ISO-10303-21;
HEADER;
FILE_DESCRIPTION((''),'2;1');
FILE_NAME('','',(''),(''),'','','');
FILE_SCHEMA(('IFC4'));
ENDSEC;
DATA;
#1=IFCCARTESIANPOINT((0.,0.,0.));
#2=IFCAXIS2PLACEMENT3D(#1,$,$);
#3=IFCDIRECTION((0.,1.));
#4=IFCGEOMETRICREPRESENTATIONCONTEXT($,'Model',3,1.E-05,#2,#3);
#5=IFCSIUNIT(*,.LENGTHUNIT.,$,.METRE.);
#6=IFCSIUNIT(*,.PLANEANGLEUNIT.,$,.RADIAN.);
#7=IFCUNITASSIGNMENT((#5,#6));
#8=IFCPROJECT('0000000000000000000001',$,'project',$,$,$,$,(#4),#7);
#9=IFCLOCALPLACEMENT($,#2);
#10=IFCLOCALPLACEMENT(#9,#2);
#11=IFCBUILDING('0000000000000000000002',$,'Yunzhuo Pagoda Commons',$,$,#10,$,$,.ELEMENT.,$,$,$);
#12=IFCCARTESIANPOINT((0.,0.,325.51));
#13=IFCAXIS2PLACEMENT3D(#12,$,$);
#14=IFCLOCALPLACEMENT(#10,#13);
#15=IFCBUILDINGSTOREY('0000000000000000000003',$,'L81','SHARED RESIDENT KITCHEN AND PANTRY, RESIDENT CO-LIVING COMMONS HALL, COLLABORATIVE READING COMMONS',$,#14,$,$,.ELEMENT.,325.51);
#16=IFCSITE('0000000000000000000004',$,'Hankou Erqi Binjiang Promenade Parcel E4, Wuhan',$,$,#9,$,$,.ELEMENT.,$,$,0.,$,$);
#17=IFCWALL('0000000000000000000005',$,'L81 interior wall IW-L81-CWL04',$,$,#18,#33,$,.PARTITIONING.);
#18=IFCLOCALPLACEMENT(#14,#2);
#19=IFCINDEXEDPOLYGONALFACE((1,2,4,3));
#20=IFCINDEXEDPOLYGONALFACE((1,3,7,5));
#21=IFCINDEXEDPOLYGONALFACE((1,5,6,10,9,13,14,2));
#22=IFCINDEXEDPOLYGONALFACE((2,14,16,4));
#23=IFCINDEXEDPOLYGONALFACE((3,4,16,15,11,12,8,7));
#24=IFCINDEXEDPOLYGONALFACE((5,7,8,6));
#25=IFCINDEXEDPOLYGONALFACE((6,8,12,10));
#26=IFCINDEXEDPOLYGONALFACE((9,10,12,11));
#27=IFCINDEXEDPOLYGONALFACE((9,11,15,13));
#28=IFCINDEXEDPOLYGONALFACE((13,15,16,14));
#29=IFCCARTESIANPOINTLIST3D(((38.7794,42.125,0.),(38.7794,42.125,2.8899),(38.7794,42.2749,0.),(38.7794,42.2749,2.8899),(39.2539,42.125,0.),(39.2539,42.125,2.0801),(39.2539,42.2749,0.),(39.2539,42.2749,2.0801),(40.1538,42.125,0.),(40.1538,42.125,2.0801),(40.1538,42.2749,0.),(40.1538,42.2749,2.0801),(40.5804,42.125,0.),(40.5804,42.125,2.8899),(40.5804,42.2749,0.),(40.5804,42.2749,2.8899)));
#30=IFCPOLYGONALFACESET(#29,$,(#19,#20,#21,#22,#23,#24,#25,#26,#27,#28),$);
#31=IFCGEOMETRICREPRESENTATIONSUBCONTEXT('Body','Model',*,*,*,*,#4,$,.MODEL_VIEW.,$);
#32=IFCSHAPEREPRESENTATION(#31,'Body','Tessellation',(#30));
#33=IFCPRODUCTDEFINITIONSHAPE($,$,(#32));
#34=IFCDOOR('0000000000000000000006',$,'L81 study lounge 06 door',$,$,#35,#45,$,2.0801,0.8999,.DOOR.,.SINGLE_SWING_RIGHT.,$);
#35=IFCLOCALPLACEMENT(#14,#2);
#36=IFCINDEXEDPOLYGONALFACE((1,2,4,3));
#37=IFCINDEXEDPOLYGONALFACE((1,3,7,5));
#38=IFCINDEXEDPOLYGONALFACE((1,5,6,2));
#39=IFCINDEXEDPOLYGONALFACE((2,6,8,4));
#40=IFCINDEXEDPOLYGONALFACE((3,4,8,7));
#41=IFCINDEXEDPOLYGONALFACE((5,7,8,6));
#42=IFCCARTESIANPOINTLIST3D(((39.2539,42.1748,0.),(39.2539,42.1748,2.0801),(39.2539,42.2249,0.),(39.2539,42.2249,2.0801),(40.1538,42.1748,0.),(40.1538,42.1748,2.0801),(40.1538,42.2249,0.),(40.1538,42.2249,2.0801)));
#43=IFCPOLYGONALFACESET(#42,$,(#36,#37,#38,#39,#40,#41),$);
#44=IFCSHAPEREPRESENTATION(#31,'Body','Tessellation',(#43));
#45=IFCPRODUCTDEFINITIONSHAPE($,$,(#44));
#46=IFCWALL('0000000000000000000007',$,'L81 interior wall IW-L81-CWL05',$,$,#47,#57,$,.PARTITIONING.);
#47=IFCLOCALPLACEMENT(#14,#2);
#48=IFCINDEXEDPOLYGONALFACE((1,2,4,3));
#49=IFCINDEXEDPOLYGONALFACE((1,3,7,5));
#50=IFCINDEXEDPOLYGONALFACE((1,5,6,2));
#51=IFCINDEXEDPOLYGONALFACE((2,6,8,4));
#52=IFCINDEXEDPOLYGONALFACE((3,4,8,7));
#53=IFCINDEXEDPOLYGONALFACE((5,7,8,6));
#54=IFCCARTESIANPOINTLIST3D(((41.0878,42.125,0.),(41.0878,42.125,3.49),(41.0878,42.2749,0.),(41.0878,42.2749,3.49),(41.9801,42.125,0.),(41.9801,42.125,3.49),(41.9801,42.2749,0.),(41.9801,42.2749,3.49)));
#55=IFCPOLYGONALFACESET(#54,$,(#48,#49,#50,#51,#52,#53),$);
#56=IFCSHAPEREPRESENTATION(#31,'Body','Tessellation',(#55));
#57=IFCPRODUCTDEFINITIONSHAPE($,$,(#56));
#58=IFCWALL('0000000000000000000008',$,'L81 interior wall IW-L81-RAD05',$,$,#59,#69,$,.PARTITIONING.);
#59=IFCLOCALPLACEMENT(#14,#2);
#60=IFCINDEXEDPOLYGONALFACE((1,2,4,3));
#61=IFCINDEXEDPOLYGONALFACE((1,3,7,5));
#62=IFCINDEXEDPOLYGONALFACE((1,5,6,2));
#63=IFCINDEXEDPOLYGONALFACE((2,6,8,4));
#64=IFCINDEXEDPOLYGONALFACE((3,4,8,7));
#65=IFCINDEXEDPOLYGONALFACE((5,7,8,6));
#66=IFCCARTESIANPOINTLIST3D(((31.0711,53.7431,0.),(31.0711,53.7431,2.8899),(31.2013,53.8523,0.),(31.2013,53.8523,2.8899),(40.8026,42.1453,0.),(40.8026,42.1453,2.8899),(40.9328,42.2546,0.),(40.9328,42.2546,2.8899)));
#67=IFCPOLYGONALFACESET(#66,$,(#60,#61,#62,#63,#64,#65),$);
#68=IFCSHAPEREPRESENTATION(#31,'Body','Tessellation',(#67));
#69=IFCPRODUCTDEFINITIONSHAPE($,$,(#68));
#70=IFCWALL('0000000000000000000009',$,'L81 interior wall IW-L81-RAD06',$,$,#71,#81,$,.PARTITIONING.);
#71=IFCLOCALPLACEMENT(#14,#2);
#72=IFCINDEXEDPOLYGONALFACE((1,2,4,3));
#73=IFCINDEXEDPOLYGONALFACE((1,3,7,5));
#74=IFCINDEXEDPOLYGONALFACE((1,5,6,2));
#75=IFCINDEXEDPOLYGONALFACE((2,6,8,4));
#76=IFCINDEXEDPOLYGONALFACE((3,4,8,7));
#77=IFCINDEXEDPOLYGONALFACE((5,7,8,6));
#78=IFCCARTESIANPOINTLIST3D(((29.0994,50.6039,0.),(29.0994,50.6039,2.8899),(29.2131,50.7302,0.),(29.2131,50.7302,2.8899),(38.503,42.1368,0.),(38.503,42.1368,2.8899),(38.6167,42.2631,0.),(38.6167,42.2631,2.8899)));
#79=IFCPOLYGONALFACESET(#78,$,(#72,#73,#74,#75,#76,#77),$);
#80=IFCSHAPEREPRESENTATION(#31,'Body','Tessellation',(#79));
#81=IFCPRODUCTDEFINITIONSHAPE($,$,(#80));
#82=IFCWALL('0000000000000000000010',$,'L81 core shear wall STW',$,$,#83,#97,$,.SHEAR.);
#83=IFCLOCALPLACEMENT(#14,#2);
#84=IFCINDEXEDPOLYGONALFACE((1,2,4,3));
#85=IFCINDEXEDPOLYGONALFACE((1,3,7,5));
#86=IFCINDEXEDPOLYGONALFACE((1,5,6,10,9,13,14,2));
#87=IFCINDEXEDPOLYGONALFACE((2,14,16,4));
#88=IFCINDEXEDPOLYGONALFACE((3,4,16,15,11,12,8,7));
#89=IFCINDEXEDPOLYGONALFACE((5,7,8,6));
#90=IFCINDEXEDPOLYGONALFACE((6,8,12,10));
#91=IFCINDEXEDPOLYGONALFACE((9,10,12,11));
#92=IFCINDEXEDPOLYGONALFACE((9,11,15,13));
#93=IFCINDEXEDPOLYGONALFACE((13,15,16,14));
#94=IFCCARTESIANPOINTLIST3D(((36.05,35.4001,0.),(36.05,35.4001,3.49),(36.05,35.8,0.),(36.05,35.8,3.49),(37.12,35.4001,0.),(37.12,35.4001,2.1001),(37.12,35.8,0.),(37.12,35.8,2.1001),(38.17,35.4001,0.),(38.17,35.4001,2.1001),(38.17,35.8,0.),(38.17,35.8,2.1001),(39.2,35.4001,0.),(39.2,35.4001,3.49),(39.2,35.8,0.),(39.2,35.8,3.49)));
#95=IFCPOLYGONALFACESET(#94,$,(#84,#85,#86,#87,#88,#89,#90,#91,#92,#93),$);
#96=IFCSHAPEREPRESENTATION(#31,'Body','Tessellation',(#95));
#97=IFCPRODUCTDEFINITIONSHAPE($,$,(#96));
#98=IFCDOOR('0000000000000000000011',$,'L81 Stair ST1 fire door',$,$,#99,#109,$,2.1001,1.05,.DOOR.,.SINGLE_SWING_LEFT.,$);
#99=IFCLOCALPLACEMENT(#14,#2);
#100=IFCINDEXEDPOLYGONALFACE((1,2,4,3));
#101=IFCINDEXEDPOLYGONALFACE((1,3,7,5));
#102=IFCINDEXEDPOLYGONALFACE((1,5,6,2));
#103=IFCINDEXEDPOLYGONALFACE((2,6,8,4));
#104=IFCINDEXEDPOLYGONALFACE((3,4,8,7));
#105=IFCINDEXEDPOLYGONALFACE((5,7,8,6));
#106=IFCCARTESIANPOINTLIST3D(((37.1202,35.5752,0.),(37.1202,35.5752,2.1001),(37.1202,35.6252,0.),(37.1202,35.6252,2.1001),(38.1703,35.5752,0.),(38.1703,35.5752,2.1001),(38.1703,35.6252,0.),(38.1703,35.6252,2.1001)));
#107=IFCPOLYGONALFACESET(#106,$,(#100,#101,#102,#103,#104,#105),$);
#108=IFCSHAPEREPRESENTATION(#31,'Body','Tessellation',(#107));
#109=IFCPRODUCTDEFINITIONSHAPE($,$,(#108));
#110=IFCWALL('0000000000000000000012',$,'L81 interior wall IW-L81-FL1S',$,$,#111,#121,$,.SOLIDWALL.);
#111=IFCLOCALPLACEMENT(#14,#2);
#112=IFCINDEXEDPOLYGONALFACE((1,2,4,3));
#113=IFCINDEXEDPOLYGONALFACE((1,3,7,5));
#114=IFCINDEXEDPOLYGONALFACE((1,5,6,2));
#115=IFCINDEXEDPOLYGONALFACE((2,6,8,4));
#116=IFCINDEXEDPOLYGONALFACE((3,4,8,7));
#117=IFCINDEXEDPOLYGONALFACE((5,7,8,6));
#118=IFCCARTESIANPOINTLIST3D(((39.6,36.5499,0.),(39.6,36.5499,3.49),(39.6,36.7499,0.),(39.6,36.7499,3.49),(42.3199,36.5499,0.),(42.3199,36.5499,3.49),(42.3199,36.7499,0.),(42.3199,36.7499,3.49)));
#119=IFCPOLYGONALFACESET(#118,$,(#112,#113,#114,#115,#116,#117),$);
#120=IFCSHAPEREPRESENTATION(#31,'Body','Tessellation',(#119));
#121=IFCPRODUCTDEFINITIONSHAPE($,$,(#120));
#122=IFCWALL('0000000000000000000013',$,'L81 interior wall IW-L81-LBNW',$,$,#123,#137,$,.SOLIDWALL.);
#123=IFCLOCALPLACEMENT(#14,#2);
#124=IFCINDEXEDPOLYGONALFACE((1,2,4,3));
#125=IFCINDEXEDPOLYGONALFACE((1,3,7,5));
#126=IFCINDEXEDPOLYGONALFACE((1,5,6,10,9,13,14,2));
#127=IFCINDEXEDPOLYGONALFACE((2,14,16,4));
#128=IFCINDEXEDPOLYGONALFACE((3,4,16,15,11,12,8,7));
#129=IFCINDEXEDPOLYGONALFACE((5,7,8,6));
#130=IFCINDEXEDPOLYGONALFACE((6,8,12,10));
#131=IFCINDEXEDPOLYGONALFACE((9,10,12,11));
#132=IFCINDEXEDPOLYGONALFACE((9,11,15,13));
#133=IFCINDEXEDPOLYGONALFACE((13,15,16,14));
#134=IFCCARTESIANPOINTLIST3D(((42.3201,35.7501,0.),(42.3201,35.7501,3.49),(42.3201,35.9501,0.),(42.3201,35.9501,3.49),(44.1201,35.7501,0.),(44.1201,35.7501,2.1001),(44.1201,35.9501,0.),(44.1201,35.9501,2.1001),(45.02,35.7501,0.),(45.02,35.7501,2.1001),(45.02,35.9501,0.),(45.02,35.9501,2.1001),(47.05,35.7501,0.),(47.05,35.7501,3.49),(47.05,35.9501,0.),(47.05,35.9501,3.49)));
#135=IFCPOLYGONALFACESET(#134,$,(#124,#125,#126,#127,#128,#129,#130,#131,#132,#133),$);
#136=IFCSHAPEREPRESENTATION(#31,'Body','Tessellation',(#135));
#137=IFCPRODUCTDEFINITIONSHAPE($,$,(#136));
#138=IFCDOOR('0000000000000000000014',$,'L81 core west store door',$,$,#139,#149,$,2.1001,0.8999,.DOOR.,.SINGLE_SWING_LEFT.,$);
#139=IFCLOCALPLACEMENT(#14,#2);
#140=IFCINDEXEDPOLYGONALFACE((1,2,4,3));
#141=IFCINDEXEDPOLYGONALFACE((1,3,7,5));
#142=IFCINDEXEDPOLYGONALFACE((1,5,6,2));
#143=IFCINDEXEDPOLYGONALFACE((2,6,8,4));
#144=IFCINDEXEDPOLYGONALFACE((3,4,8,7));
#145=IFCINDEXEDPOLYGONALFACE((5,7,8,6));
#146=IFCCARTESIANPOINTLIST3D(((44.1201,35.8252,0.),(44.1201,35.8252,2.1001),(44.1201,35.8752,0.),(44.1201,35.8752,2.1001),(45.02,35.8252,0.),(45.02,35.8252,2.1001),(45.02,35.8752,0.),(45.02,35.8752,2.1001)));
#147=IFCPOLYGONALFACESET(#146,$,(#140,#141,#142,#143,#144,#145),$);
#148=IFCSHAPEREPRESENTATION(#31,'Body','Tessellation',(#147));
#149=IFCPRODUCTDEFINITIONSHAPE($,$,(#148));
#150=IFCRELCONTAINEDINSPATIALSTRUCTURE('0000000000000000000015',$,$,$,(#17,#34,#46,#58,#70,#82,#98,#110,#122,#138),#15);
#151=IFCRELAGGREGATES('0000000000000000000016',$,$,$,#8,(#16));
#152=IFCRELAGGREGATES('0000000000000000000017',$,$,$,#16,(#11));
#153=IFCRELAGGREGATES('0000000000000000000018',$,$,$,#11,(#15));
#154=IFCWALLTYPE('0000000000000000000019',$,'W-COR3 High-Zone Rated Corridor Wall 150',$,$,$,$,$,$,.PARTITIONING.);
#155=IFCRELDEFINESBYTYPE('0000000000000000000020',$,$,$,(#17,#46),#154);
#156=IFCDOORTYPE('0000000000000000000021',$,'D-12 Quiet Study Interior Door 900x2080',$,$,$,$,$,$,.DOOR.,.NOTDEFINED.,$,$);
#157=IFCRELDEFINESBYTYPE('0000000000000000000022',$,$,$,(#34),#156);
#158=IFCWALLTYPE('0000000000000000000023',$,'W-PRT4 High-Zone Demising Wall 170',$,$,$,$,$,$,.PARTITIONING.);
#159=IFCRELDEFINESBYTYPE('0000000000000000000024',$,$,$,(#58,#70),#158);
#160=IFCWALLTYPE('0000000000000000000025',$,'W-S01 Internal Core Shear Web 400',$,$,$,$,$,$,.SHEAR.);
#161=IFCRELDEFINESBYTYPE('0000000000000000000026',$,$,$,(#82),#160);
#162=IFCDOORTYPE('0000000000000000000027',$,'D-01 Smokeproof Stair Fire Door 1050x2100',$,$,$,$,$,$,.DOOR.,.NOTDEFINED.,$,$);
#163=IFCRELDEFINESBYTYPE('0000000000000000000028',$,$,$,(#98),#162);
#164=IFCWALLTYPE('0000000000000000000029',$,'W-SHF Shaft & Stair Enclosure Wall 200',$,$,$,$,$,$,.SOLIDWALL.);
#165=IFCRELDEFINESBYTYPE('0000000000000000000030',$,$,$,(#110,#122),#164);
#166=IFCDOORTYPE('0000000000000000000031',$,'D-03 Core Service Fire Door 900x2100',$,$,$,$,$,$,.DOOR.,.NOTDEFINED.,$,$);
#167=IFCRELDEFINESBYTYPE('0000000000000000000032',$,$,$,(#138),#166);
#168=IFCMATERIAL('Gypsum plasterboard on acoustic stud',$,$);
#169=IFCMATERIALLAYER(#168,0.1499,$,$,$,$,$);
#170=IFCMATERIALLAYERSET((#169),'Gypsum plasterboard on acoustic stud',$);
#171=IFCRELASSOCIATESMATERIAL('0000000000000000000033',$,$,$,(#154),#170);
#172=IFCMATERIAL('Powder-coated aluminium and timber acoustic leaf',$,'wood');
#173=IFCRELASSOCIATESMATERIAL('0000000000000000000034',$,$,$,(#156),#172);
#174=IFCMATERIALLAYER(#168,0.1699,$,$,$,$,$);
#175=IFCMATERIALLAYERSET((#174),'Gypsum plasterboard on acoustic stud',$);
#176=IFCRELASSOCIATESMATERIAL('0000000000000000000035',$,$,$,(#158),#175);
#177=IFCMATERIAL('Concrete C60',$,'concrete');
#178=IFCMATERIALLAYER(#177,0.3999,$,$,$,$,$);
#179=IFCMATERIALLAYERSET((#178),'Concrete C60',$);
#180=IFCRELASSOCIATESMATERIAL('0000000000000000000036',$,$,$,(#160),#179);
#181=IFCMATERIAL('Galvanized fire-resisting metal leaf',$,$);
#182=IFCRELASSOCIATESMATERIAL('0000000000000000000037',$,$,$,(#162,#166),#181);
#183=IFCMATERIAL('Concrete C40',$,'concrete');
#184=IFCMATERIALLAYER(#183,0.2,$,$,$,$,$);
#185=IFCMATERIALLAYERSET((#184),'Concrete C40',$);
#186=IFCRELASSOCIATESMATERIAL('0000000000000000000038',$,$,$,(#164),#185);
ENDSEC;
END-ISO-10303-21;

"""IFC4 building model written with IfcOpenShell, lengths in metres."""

from ifc_helpers import new_model, si_unit, direction, frame, frame_2d, origin, origin_with_axes, place, context, subcontext, project, spatial, rectangle, extrude, source, transform, mapped, material, layer, layer_set, type_object, element, fill, save


model = new_model("IFC4")

# Units and contexts
model_context = context("Model", 3, precision=1e-05, world=origin(), true_north=direction((0.0, 1.0)))
body_context = subcontext(model_context, "Body", "Model", "MODEL_VIEW")
ifc_project = project(units=[si_unit("LENGTHUNIT", "METRE"), si_unit("PLANEANGLEUNIT", "RADIAN")], contexts=[model_context])

# Site, building, storey
site_placement = place(None, origin())
site = spatial("IfcSite", under=ifc_project, at=site_placement, Name="Hankou Erqi Binjiang Promenade Parcel E4, Wuhan", CompositionType="ELEMENT", RefElevation=0.0)
building_placement = place(site_placement, origin())
building = spatial("IfcBuilding", under=site, at=building_placement, Name="Yunzhuo Pagoda Commons", CompositionType="ELEMENT")
storey_placement = place(building_placement, frame((0.0, 0.0, 325.51)))
storey = spatial("IfcBuildingStorey", under=building, at=storey_placement, Name="L81", Description="SHARED RESIDENT KITCHEN AND PANTRY, RESIDENT CO-LIVING COMMONS HALL, COLLABORATIVE READING COMMONS", CompositionType="ELEMENT", Elevation=325.51)

# Shared definitions
ifc_material_1 = material(Name="Gypsum plasterboard on acoustic stud")
ifc_layer_1 = layer(ifc_material_1, 0.1499)
ifc_layer_set_1 = layer_set([ifc_layer_1], Name="Gypsum plasterboard on acoustic stud")
wall_type_1 = type_object("IfcWallType", Name="W-COR3 High-Zone Rated Corridor Wall 150", PredefinedType="PARTITIONING", material=ifc_layer_set_1)
ifc_material_2 = material(Name="Powder-coated aluminium and timber acoustic leaf", Category="wood")

# Wall, opening, door
wall_1_placement = place(storey_placement, frame((38.7795, 42.2, 0.0), z_axis=(0.0, 0.0, 1.0), x_axis=(1.0, 0.0, 0.0)))
wall_1 = element("IfcWall", 1, at=wall_1_placement, inside=storey, type_object=wall_type_1, Name="L81 interior wall IW-L81-CWL04", PredefinedType="PARTITIONING", context=body_context, shape_type="SweptSolid", body=[
    extrude(rectangle(XDim=1.801, YDim=0.1499, at=frame_2d((0.9004, 0.0))), origin(), (0.0, 0.0, 1.0), 2.8899),
])
opening_1_placement = place(wall_1_placement, frame((0.4744, 0.0, 0.0)))
opening_1 = element("IfcOpeningElement", 2, at=opening_1_placement, cuts=wall_1, PredefinedType="OPENING", context=body_context, shape_type="SweptSolid", body=[
    extrude(rectangle(XDim=0.8999, YDim=2.0801, at=frame_2d((0.45, 1.04))), frame((0.0, 0.085, 0.0), z_axis=(0.0, -1.0, 0.0), x_axis=(1.0, 0.0, 0.0)), (0.0, 0.0, 1.0), 0.1699),
])
door_type_1 = type_object("IfcDoorType", Name="D-12 Quiet Study Interior Door 900x2080", OperationType="NOTDEFINED", PredefinedType="DOOR", material=ifc_material_2)
shared_shape_1 = source(origin(), body_context, "Body", "SweptSolid", [
    extrude(rectangle(XDim=0.8999, YDim=2.0801, at=frame_2d((0.45, 1.04))), frame((0.0, 0.0249, 0.0), z_axis=(0.0, -1.0, 0.0), x_axis=(1.0, 0.0, 0.0)), (0.0, 0.0, 1.0), 0.05),
])
door_1_placement = place(opening_1_placement, origin_with_axes())
door_1 = element("IfcDoor", 3, at=door_1_placement, inside=storey, type_object=door_type_1, Name="L81 study lounge 06 door", OperationType="SINGLE_SWING_RIGHT", OverallHeight=2.0801, OverallWidth=0.8999, PredefinedType="DOOR", context=body_context, shape_type="MappedRepresentation", body=[
    mapped(shared_shape_1, transform((0.0, 0.0, 0.0), scale=1.0)),
])
fill(opening_1, door_1)

# Walls
wall_2_placement = place(storey_placement, frame((41.0876, 42.2, 0.0), z_axis=(0.0, 0.0, 1.0), x_axis=(1.0, 0.0, 0.0)))
element("IfcWall", 4, at=wall_2_placement, inside=storey, type_object=wall_type_1, Name="L81 interior wall IW-L81-CWL05", PredefinedType="PARTITIONING", context=body_context, shape_type="SweptSolid", body=[
    extrude(rectangle(XDim=0.8923, YDim=0.1499, at=frame_2d((0.4463, 0.0))), origin(), (0.0, 0.0, 1.0), 3.49),
])
ifc_layer_2 = layer(ifc_material_1, 0.1699)
ifc_layer_set_2 = layer_set([ifc_layer_2], Name="Gypsum plasterboard on acoustic stud")
wall_type_2 = type_object("IfcWallType", Name="W-PRT4 High-Zone Demising Wall 170", PredefinedType="PARTITIONING", material=ifc_layer_set_2)
wall_3_placement = place(storey_placement, frame((40.8677, 42.2, 0.0), z_axis=(0.0, 0.0, 1.0), x_axis=(-0.642782, 0.766049, 0.0)))
element("IfcWall", 5, at=wall_3_placement, inside=storey, type_object=wall_type_2, Name="L81 interior wall IW-L81-RAD05", PredefinedType="PARTITIONING", context=body_context, shape_type="SweptSolid", body=[
    extrude(rectangle(XDim=15.1396, YDim=0.1699, at=frame_2d((7.5698, 0.0))), origin(), (0.0, 0.0, 1.0), 2.8899),
])
wall_4_placement = place(storey_placement, frame((38.5598, 42.2, 0.0), z_axis=(0.0, 0.0, 1.0), x_axis=(-0.743144, 0.669132, 0.0)))
element("IfcWall", 6, at=wall_4_placement, inside=storey, type_object=wall_type_2, Name="L81 interior wall IW-L81-RAD06", PredefinedType="PARTITIONING", context=body_context, shape_type="SweptSolid", body=[
    extrude(rectangle(XDim=12.6538, YDim=0.1699, at=frame_2d((6.3269, 0.0))), origin(), (0.0, 0.0, 1.0), 2.8899),
])

# Wall, opening, door
ifc_material_3 = material(Name="Concrete C60", Category="concrete")
ifc_layer_3 = layer(ifc_material_3, 0.3999)
ifc_layer_set_3 = layer_set([ifc_layer_3], Name="Concrete C60")
wall_type_3 = type_object("IfcWallType", Name="W-S01 Internal Core Shear Web 400", PredefinedType="SHEAR", material=ifc_layer_set_3)
wall_5_placement = place(storey_placement, frame((36.05, 35.6001, 0.0), z_axis=(0.0, 0.0, 1.0), x_axis=(1.0, 0.0, 0.0)))
wall_5 = element("IfcWall", 7, at=wall_5_placement, inside=storey, type_object=wall_type_3, Name="L81 core shear wall STW", PredefinedType="SHEAR", context=body_context, shape_type="SweptSolid", body=[
    extrude(rectangle(XDim=3.1499, YDim=0.3999, at=frame_2d((1.575, 0.0))), origin(), (0.0, 0.0, 1.0), 3.49),
])
opening_2_placement = place(wall_5_placement, frame((1.0701, 0.0, 0.0)))
opening_2 = element("IfcOpeningElement", 8, at=opening_2_placement, cuts=wall_5, PredefinedType="OPENING", context=body_context, shape_type="SweptSolid", body=[
    extrude(rectangle(XDim=1.05, YDim=2.1001, at=frame_2d((0.5249, 1.05))), frame((0.0, 0.21, 0.0), z_axis=(0.0, -1.0, 0.0), x_axis=(1.0, 0.0, 0.0)), (0.0, 0.0, 1.0), 0.4199),
])
ifc_material_4 = material(Name="Galvanized fire-resisting metal leaf")
door_type_2 = type_object("IfcDoorType", Name="D-01 Smokeproof Stair Fire Door 1050x2100", OperationType="NOTDEFINED", PredefinedType="DOOR", material=ifc_material_4)
shared_shape_2 = source(origin(), body_context, "Body", "SweptSolid", [
    extrude(rectangle(XDim=1.05, YDim=2.1001, at=frame_2d((0.5249, 1.05))), frame((0.0, 0.0249, 0.0), z_axis=(0.0, -1.0, 0.0), x_axis=(1.0, 0.0, 0.0)), (0.0, 0.0, 1.0), 0.05),
])
door_2_placement = place(opening_2_placement, frame((1.05, 0.0, 0.0), z_axis=(0.0, 0.0, 1.0), x_axis=(-1.0, 0.0, 0.0)))
door_2 = element("IfcDoor", 9, at=door_2_placement, inside=storey, type_object=door_type_2, Name="L81 Stair ST1 fire door", OperationType="SINGLE_SWING_LEFT", OverallHeight=2.1001, OverallWidth=1.05, PredefinedType="DOOR", context=body_context, shape_type="MappedRepresentation", body=[
    mapped(shared_shape_2, transform((0.0, 0.0, 0.0), scale=1.0)),
])
fill(opening_2, door_2)

# Wall
ifc_material_5 = material(Name="Concrete C40", Category="concrete")
ifc_layer_4 = layer(ifc_material_5, 0.2)
ifc_layer_set_4 = layer_set([ifc_layer_4], Name="Concrete C40")
wall_type_4 = type_object("IfcWallType", Name="W-SHF Shaft & Stair Enclosure Wall 200", PredefinedType="SOLIDWALL", material=ifc_layer_set_4)
wall_6_placement = place(storey_placement, frame((39.6001, 36.6499, 0.0), z_axis=(0.0, 0.0, 1.0), x_axis=(1.0, 0.0, 0.0)))
element("IfcWall", 10, at=wall_6_placement, inside=storey, type_object=wall_type_4, Name="L81 interior wall IW-L81-FL1S", PredefinedType="SOLIDWALL", context=body_context, shape_type="SweptSolid", body=[
    extrude(rectangle(XDim=2.72, YDim=0.2, at=frame_2d((1.3599, 0.0))), origin(), (0.0, 0.0, 1.0), 3.49),
])

# Wall, opening, door
wall_7_placement = place(storey_placement, frame((42.3201, 35.8501, 0.0), z_axis=(0.0, 0.0, 1.0), x_axis=(1.0, 0.0, 0.0)))
wall_7 = element("IfcWall", 11, at=wall_7_placement, inside=storey, type_object=wall_type_4, Name="L81 interior wall IW-L81-LBNW", PredefinedType="SOLIDWALL", context=body_context, shape_type="SweptSolid", body=[
    extrude(rectangle(XDim=4.73, YDim=0.2, at=frame_2d((2.365, 0.0))), origin(), (0.0, 0.0, 1.0), 3.49),
])
opening_3_placement = place(wall_7_placement, frame((1.8, 0.0, 0.0)))
opening_3 = element("IfcOpeningElement", 12, at=opening_3_placement, cuts=wall_7, PredefinedType="OPENING", context=body_context, shape_type="SweptSolid", body=[
    extrude(rectangle(XDim=0.8999, YDim=2.1001, at=frame_2d((0.45, 1.05))), frame((0.0, 0.1099, 0.0), z_axis=(0.0, -1.0, 0.0), x_axis=(1.0, 0.0, 0.0)), (0.0, 0.0, 1.0), 0.22),
])
door_type_3 = type_object("IfcDoorType", Name="D-03 Core Service Fire Door 900x2100", OperationType="NOTDEFINED", PredefinedType="DOOR", material=ifc_material_4)
shared_shape_3 = source(origin(), body_context, "Body", "SweptSolid", [
    extrude(rectangle(XDim=0.8999, YDim=2.1001, at=frame_2d((0.45, 1.05))), frame((0.0, 0.0249, 0.0), z_axis=(0.0, -1.0, 0.0), x_axis=(1.0, 0.0, 0.0)), (0.0, 0.0, 1.0), 0.05),
])
door_3_placement = place(opening_3_placement, frame((0.8999, 0.0, 0.0), z_axis=(0.0, 0.0, 1.0), x_axis=(-1.0, 0.0, 0.0)))
door_3 = element("IfcDoor", 13, at=door_3_placement, inside=storey, type_object=door_type_3, Name="L81 core west store door", OperationType="SINGLE_SWING_LEFT", OverallHeight=2.1001, OverallWidth=0.8999, PredefinedType="DOOR", context=body_context, shape_type="MappedRepresentation", body=[
    mapped(shared_shape_3, transform((0.0, 0.0, 0.0), scale=1.0)),
])
fill(opening_3, door_3)

save(model, "model.ifc")
